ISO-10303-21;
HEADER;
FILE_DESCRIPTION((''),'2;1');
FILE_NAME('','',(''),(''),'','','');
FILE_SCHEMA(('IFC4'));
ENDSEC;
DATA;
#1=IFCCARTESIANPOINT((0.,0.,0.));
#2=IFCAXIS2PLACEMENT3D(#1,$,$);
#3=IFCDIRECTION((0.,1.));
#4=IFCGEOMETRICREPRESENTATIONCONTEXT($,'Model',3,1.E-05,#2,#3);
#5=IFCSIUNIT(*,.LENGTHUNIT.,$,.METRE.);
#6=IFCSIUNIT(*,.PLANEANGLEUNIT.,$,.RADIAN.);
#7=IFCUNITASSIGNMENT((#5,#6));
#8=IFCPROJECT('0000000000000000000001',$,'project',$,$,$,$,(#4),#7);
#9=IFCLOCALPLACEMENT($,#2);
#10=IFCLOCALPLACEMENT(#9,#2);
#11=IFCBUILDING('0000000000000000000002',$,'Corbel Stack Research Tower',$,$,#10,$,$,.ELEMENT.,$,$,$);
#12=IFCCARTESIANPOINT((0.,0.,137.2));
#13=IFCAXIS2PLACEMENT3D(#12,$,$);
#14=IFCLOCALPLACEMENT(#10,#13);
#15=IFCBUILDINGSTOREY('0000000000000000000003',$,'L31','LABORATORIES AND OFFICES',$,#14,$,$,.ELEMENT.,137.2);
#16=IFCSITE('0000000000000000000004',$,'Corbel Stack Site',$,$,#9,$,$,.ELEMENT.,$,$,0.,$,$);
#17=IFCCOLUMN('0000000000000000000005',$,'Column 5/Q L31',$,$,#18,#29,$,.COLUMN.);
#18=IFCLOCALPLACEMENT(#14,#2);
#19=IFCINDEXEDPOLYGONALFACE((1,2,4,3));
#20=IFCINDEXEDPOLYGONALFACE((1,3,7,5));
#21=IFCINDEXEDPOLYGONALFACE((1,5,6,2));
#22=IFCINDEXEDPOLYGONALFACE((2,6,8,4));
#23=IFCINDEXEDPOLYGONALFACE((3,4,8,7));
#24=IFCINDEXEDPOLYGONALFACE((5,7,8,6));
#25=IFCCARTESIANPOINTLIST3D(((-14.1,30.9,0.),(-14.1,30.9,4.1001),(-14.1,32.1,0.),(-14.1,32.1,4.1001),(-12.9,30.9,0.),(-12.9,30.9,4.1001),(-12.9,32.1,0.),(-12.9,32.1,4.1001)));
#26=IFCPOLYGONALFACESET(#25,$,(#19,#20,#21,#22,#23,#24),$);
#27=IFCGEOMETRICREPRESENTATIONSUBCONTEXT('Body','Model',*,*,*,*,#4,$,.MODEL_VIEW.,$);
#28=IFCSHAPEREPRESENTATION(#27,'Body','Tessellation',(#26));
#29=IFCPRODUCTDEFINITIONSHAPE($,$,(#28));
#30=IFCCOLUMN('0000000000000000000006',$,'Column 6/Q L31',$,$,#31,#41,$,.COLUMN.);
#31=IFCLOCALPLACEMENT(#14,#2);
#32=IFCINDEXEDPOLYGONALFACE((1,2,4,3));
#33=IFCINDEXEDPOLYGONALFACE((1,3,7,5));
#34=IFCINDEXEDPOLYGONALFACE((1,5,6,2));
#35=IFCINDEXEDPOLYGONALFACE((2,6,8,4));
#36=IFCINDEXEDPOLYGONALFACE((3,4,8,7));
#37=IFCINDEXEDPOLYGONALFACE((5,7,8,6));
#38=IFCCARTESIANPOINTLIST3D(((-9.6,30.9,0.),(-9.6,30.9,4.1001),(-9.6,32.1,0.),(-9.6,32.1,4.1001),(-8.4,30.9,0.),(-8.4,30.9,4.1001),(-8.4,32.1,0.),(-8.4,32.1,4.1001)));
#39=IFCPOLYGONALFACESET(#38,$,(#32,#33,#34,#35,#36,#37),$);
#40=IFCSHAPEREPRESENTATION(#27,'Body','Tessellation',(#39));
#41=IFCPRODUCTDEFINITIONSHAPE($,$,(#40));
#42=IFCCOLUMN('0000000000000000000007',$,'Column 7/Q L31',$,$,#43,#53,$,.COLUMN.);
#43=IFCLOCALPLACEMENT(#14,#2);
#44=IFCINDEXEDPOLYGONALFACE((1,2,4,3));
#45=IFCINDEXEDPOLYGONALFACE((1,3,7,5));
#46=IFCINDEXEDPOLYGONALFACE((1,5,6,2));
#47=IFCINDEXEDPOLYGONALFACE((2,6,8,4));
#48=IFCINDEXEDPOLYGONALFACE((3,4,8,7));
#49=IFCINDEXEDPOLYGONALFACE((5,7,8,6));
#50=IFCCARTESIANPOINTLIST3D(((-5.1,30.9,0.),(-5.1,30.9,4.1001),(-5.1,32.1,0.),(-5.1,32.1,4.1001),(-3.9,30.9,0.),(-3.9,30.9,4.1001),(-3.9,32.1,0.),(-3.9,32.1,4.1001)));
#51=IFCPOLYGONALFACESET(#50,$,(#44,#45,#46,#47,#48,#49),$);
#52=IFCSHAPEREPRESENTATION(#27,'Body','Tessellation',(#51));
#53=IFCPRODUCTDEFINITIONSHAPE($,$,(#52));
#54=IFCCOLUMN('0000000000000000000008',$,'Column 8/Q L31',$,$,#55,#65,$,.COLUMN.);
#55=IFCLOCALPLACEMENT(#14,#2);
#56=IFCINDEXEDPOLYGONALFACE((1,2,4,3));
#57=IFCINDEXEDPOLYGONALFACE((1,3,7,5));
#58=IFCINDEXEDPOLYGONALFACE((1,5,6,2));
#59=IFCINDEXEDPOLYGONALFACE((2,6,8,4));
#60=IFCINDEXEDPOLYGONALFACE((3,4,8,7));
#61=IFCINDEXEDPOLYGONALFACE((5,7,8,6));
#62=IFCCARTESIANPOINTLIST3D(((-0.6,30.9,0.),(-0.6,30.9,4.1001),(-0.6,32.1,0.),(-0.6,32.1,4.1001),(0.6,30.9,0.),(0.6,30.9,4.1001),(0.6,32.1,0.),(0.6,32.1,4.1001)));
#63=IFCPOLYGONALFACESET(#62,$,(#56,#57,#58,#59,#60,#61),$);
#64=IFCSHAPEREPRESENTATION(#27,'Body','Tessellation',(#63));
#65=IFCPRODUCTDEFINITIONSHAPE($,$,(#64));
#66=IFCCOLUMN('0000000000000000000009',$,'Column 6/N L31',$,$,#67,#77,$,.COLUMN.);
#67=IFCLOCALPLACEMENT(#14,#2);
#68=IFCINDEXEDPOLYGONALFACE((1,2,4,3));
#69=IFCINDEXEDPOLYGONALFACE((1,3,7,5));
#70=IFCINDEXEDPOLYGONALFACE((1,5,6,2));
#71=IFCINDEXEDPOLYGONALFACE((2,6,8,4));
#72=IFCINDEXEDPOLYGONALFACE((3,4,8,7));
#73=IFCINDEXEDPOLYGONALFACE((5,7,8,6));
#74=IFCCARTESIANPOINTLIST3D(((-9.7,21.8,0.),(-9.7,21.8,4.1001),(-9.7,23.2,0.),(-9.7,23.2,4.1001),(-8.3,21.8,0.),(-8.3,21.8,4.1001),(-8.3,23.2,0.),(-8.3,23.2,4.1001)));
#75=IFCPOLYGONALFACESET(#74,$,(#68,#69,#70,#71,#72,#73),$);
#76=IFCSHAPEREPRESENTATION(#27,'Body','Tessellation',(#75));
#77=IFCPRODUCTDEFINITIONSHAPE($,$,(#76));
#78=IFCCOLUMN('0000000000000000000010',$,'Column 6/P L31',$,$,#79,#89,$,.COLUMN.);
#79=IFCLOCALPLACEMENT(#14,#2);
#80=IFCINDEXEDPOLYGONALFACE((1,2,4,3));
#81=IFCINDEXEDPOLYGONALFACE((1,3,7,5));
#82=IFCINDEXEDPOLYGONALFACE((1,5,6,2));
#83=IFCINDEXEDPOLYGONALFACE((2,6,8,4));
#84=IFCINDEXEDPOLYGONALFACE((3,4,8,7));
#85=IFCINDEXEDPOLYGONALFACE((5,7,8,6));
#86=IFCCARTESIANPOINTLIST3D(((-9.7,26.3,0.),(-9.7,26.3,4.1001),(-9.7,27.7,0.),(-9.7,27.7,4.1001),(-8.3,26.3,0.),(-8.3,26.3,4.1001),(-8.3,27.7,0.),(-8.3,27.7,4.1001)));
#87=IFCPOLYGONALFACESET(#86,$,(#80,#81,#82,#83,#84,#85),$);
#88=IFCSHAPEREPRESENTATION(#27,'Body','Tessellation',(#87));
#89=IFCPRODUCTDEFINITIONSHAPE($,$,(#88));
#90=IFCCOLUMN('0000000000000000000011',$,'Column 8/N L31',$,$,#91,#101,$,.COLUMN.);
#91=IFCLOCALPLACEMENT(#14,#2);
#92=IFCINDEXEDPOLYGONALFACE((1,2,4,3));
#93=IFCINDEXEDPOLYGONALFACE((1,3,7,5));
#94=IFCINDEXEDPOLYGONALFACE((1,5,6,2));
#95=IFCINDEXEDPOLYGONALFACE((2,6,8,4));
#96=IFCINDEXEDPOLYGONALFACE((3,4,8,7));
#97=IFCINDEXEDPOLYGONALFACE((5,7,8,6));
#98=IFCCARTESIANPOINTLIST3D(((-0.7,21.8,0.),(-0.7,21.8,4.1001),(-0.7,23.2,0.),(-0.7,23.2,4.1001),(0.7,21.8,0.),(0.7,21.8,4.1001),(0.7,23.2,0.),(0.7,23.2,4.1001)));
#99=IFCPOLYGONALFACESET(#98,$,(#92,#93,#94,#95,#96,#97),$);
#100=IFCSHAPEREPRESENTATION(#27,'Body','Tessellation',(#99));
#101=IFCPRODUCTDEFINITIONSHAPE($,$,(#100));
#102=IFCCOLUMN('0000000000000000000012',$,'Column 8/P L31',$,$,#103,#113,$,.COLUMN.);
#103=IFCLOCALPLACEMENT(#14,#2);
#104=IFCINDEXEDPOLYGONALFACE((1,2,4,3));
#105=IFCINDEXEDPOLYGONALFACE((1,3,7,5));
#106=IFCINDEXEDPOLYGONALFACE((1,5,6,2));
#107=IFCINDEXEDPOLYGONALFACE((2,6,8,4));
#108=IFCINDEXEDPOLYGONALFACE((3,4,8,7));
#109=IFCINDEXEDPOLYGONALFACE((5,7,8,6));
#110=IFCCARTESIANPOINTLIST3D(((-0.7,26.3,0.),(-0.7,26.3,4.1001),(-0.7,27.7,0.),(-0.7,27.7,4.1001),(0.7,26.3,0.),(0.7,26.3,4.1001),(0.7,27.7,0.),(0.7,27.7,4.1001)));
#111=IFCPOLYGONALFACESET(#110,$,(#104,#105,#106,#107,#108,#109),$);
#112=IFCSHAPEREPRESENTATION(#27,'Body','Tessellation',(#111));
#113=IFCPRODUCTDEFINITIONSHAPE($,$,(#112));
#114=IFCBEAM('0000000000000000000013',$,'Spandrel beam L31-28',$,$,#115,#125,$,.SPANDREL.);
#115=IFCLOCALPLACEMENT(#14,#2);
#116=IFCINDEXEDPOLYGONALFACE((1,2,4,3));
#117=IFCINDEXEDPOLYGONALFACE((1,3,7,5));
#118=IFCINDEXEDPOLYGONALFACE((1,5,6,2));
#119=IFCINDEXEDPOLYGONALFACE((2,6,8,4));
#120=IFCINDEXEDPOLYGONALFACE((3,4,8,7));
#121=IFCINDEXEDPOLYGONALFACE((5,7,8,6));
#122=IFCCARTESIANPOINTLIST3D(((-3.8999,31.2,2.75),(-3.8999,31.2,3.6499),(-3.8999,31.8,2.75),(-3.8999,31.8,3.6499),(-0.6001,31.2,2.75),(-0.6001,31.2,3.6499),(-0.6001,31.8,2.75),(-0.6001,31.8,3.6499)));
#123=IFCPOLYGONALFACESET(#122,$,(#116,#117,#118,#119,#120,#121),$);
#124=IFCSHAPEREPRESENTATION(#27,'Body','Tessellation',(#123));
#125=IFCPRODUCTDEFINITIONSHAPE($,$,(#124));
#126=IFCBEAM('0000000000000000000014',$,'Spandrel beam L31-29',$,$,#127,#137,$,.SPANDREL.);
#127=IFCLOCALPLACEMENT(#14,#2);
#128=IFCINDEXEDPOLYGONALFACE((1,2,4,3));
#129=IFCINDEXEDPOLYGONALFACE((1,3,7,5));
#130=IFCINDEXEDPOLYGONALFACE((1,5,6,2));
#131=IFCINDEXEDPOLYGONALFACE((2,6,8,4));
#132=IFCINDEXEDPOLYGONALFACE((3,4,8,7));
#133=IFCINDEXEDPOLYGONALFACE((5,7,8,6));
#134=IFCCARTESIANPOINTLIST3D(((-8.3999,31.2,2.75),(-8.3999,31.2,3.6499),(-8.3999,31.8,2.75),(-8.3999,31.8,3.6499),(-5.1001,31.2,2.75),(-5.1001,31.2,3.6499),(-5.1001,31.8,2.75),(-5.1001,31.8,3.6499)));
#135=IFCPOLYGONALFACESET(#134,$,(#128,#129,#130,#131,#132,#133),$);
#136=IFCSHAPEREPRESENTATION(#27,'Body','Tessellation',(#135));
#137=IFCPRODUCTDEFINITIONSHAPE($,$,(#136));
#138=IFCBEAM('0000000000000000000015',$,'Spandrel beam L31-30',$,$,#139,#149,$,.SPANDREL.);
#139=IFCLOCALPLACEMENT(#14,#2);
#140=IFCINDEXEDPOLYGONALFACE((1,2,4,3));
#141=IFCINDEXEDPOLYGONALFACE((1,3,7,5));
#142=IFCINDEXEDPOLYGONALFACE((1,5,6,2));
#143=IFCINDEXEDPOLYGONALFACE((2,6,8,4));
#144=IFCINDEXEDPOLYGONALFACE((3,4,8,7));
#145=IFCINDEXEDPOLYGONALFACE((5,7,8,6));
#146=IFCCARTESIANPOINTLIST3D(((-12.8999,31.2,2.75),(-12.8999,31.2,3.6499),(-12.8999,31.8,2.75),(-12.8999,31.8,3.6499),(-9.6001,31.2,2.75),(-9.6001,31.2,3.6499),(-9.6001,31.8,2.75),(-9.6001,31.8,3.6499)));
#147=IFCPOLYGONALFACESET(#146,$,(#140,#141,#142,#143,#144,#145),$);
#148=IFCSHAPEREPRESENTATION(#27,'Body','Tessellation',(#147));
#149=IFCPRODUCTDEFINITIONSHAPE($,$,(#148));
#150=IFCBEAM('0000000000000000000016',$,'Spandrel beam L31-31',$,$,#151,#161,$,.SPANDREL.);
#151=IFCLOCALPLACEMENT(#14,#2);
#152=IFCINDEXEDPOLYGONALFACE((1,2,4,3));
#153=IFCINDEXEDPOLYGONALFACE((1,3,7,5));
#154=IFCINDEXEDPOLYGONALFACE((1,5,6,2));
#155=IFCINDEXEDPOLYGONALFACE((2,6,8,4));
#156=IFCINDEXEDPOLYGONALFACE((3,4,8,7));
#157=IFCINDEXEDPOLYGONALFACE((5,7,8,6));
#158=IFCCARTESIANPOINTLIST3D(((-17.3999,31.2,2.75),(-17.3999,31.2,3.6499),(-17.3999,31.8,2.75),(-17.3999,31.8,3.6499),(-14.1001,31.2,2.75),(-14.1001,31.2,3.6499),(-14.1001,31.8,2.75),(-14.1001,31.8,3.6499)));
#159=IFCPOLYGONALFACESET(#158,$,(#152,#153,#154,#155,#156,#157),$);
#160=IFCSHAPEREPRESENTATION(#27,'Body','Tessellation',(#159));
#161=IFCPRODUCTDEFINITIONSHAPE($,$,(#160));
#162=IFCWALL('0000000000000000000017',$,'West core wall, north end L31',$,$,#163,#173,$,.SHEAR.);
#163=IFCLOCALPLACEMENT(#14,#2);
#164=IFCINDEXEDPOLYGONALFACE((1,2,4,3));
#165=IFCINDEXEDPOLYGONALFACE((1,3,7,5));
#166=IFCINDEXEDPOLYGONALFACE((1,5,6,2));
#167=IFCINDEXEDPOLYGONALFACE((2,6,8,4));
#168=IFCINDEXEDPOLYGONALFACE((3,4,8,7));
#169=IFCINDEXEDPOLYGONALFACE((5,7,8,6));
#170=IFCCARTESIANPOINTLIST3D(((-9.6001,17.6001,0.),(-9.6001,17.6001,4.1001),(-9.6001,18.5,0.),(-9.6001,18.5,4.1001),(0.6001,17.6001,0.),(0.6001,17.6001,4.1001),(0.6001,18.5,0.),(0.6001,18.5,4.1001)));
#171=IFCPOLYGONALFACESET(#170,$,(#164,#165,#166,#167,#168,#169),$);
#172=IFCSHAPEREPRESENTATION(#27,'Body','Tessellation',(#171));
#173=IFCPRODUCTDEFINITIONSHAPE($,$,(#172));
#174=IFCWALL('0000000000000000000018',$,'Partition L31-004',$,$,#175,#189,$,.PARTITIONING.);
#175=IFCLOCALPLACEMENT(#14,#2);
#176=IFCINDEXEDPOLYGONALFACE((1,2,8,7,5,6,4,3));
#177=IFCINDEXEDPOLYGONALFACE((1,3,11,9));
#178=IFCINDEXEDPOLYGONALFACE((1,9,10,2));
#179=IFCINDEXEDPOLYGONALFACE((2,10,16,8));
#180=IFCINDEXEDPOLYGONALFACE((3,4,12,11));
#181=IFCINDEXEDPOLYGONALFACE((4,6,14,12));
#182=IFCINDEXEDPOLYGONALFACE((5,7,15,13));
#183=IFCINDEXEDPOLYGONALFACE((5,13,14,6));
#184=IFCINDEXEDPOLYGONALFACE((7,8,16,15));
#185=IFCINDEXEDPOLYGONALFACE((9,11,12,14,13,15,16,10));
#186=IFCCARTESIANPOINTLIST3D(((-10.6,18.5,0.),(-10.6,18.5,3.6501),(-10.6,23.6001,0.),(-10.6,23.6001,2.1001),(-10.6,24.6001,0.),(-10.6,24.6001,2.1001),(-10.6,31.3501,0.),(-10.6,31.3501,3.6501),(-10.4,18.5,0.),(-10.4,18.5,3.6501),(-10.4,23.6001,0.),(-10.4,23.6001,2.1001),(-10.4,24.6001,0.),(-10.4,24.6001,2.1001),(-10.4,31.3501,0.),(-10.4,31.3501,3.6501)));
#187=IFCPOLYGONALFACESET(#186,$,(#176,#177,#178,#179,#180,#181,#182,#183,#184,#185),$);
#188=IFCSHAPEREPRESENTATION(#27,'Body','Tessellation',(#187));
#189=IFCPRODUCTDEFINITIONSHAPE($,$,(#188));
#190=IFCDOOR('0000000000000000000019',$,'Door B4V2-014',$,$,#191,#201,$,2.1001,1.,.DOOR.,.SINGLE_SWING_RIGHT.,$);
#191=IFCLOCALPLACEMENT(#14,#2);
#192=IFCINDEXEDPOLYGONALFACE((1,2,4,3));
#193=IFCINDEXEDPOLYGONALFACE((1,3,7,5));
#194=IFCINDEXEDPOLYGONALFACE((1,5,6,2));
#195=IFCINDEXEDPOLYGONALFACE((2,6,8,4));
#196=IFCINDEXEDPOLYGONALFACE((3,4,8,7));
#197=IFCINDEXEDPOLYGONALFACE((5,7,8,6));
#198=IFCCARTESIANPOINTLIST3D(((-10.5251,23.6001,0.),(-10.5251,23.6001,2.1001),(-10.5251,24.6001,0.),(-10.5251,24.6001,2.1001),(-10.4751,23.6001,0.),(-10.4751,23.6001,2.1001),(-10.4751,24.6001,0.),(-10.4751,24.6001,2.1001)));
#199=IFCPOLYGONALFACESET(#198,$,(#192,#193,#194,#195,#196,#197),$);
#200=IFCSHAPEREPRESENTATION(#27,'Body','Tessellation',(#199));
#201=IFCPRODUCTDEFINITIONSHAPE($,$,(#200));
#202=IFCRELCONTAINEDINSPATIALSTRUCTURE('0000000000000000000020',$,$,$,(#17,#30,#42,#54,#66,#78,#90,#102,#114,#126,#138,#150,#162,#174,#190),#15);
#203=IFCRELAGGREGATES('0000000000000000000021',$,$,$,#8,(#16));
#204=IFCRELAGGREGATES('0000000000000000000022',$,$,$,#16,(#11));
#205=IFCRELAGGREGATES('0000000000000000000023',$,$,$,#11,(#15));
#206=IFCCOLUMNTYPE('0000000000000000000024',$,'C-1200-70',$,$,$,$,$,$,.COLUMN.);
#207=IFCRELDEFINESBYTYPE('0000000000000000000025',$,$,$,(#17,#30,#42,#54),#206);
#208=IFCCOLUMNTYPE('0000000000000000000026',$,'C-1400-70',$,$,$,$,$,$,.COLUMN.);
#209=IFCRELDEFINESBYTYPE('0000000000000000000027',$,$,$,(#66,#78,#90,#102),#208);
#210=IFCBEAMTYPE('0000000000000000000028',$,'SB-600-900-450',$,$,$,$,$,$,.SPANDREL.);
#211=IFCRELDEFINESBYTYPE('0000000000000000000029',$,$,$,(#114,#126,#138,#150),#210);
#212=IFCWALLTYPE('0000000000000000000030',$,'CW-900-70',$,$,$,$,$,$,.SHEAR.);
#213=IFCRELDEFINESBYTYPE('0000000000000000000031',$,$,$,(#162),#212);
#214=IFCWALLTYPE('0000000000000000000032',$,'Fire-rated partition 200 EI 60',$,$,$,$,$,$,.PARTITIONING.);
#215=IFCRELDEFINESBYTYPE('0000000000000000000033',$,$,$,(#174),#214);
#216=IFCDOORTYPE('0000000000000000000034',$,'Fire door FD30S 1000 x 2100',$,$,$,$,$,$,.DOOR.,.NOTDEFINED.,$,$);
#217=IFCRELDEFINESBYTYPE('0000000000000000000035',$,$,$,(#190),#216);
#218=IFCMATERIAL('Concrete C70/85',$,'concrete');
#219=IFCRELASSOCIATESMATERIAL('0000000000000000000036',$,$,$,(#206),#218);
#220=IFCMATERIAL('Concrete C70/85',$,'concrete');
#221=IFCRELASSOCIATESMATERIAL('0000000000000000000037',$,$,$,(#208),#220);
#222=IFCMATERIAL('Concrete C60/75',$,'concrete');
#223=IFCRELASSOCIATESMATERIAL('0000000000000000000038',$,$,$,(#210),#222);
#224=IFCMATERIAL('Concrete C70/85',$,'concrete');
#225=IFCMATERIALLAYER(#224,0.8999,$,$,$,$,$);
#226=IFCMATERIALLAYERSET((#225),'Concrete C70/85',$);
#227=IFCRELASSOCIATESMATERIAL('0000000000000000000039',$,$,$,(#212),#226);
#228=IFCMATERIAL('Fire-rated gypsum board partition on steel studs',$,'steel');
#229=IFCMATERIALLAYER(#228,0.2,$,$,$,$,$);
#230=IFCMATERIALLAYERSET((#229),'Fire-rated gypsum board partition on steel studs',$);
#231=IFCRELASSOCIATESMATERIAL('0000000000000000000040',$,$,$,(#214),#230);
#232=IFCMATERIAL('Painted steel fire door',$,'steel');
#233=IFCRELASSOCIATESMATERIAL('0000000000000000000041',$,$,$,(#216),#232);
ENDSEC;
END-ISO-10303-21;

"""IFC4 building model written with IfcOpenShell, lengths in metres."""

from ifc_helpers import new_model, si_unit, direction, frame, frame_2d, origin, origin_2d, place, context, subcontext, project, spatial, rectangle, extrude, material, layer, layer_set, material_profile, profile_set, type_object, element, fill, save


model = new_model("IFC4")

# Units and contexts
model_context = context("Model", 3, precision=1e-05, world=origin(), true_north=direction((0.0, 1.0)))
body_context = subcontext(model_context, "Body", "Model", "MODEL_VIEW")
ifc_project = project(units=[si_unit("LENGTHUNIT", "METRE"), si_unit("PLANEANGLEUNIT", "RADIAN")], contexts=[model_context])

# Site, building, storey
site_placement = place(None, origin())
site = spatial("IfcSite", under=ifc_project, at=site_placement, Name="Corbel Stack Site", CompositionType="ELEMENT", RefElevation=0.0)
building_placement = place(site_placement, origin())
building = spatial("IfcBuilding", under=site, at=building_placement, Name="Corbel Stack Research Tower", CompositionType="ELEMENT")
storey_placement = place(building_placement, frame((0.0, 0.0, 137.2)))
storey = spatial("IfcBuildingStorey", under=building, at=storey_placement, Name="L31", Description="LABORATORIES AND OFFICES", CompositionType="ELEMENT", Elevation=137.2)

# Columns
ifc_material_1 = material(Name="Concrete C70/85", Category="concrete")
ifc_material_profile_1 = material_profile(ifc_material_1, rectangle(XDim=1.2, YDim=1.2, at=origin_2d()), Name="RC 1200 x 1200")
ifc_profile_set_1 = profile_set([ifc_material_profile_1], Name="Concrete C70/85")
column_type_1 = type_object("IfcColumnType", Name="C-1200-70", PredefinedType="COLUMN", material=ifc_profile_set_1)
for number, where, z_axis, x_axis, name in (
    (1, (-13.5, 31.5, 0.0), (0.0, 0.0, 1.0), (1.0, 0.0, 0.0), "Column 5/Q L31"),
    (2, (-9.0, 31.5, 0.0), (0.0, 0.0, 1.0), (1.0, 0.0, 0.0), "Column 6/Q L31"),
    (3, (-4.5, 31.5, 0.0), (0.0, 0.0, 1.0), (1.0, 0.0, 0.0), "Column 7/Q L31"),
    (4, (0.0, 31.5, 0.0), (0.0, 0.0, 1.0), (1.0, 0.0, 0.0), "Column 8/Q L31"),
):
    element("IfcColumn", number, at=place(storey_placement, frame(where, z_axis=z_axis, x_axis=x_axis)), inside=storey, type_object=column_type_1, Name=name, PredefinedType="COLUMN", context=body_context, shape_type="SweptSolid", body=[
        extrude(rectangle(XDim=1.2, YDim=1.2, at=origin_2d()), origin(), (0.0, 0.0, 1.0), 4.1001),
    ])
ifc_material_2 = material(Name="Concrete C70/85", Category="concrete")
ifc_material_profile_2 = material_profile(ifc_material_2, rectangle(XDim=1.3999, YDim=1.3999, at=origin_2d()), Name="RC 1400 x 1400")
ifc_profile_set_2 = profile_set([ifc_material_profile_2], Name="Concrete C70/85")
column_type_2 = type_object("IfcColumnType", Name="C-1400-70", PredefinedType="COLUMN", material=ifc_profile_set_2)
for number, where, z_axis, x_axis, name in (
    (5, (-9.0, 22.5, 0.0), (0.0, 0.0, 1.0), (1.0, 0.0, 0.0), "Column 6/N L31"),
    (6, (-9.0, 27.0, 0.0), (0.0, 0.0, 1.0), (1.0, 0.0, 0.0), "Column 6/P L31"),
    (7, (0.0, 22.5, 0.0), (0.0, 0.0, 1.0), (1.0, 0.0, 0.0), "Column 8/N L31"),
    (8, (0.0, 27.0, 0.0), (0.0, 0.0, 1.0), (1.0, 0.0, 0.0), "Column 8/P L31"),
):
    element("IfcColumn", number, at=place(storey_placement, frame(where, z_axis=z_axis, x_axis=x_axis)), inside=storey, type_object=column_type_2, Name=name, PredefinedType="COLUMN", context=body_context, shape_type="SweptSolid", body=[
        extrude(rectangle(XDim=1.3999, YDim=1.3999, at=origin_2d()), origin(), (0.0, 0.0, 1.0), 4.1001),
    ])

# Beams
ifc_material_3 = material(Name="Concrete C60/75", Category="concrete")
ifc_material_profile_3 = material_profile(ifc_material_3, rectangle(XDim=0.6001, YDim=0.8999, at=origin_2d()), Name="RC 600 x 900")
ifc_profile_set_3 = profile_set([ifc_material_profile_3], Name="Concrete C60/75")
beam_type = type_object("IfcBeamType", Name="SB-600-900-450", PredefinedType="SPANDREL", material=ifc_profile_set_3)
for number, where, z_axis, x_axis, name in (
    (9, (-0.6001, 31.5, 3.2), (-1.0, 0.0, 0.0), (0.0, -1.0, 0.0), "Spandrel beam L31-28"),
    (10, (-5.1001, 31.5, 3.2), (-1.0, 0.0, 0.0), (0.0, -1.0, 0.0), "Spandrel beam L31-29"),
    (11, (-9.6001, 31.5, 3.2), (-1.0, 0.0, 0.0), (0.0, -1.0, 0.0), "Spandrel beam L31-30"),
    (12, (-14.1001, 31.5, 3.2), (-1.0, 0.0, 0.0), (0.0, -1.0, 0.0), "Spandrel beam L31-31"),
):
    element("IfcBeam", number, at=place(storey_placement, frame(where, z_axis=z_axis, x_axis=x_axis)), inside=storey, type_object=beam_type, Name=name, PredefinedType="SPANDREL", context=body_context, shape_type="SweptSolid", body=[
        extrude(rectangle(XDim=0.6001, YDim=0.8999, at=origin_2d()), origin(), (0.0, 0.0, 1.0), 3.2998),
    ])

# Wall
ifc_material_4 = material(Name="Concrete C70/85", Category="concrete")
ifc_layer_1 = layer(ifc_material_4, 0.8999)
ifc_layer_set_1 = layer_set([ifc_layer_1], Name="Concrete C70/85")
wall_type_1 = type_object("IfcWallType", Name="CW-900-70", PredefinedType="SHEAR", material=ifc_layer_set_1)
wall_1_placement = place(storey_placement, frame((-9.6001, 18.05, 0.0), z_axis=(0.0, 0.0, 1.0), x_axis=(1.0, 0.0, 0.0)))
element("IfcWall", 13, at=wall_1_placement, inside=storey, type_object=wall_type_1, Name="West core wall, north end L31", PredefinedType="SHEAR", context=body_context, shape_type="SweptSolid", body=[
    extrude(rectangle(XDim=10.2002, YDim=0.8999, at=frame_2d((5.1001, 0.0))), origin(), (0.0, 0.0, 1.0), 4.1001),
])

# Wall, opening, door
ifc_material_5 = material(Name="Fire-rated gypsum board partition on steel studs", Category="steel")
ifc_layer_2 = layer(ifc_material_5, 0.2)
ifc_layer_set_2 = layer_set([ifc_layer_2], Name="Fire-rated gypsum board partition on steel studs")
wall_type_2 = type_object("IfcWallType", Name="Fire-rated partition 200 EI 60", PredefinedType="PARTITIONING", material=ifc_layer_set_2)
wall_2_placement = place(storey_placement, frame((-10.5, 31.3501, 0.0), z_axis=(0.0, 0.0, 1.0), x_axis=(0.0, -1.0, 0.0)))
wall_2 = element("IfcWall", 14, at=wall_2_placement, inside=storey, type_object=wall_type_2, Name="Partition L31-004", PredefinedType="PARTITIONING", context=body_context, shape_type="SweptSolid", body=[
    extrude(rectangle(XDim=12.8501, YDim=0.2, at=frame_2d((6.425, 0.0))), origin(), (0.0, 0.0, 1.0), 3.6501),
])
opening_1_placement = place(wall_2_placement, frame((6.75, 0.0, 0.0)))
opening_1 = element("IfcOpeningElement", 15, at=opening_1_placement, cuts=wall_2, PredefinedType="OPENING", context=body_context, shape_type="SweptSolid", body=[
    extrude(rectangle(XDim=1.0, YDim=2.1001, at=frame_2d((0.5, 1.05))), frame((0.0, 0.1099, 0.0), z_axis=(0.0, -1.0, 0.0), x_axis=(1.0, 0.0, 0.0)), (0.0, 0.0, 1.0), 0.22),
])
ifc_material_6 = material(Name="Painted steel fire door", Category="steel")
door_type_1 = type_object("IfcDoorType", Name="Fire door FD30S 1000 x 2100", OperationType="NOTDEFINED", PredefinedType="DOOR", material=ifc_material_6)
door_1_placement = place(opening_1_placement, origin())
door_1 = element("IfcDoor", 16, at=door_1_placement, inside=storey, type_object=door_type_1, Name="Door B4V2-014", OperationType="SINGLE_SWING_RIGHT", OverallHeight=2.1001, OverallWidth=1.0, PredefinedType="DOOR", context=body_context, shape_type="SweptSolid", body=[
    extrude(rectangle(XDim=1.0, YDim=2.1001, at=frame_2d((0.5, 1.05))), frame((0.0, 0.0249, 0.0), z_axis=(0.0, -1.0, 0.0), x_axis=(1.0, 0.0, 0.0)), (0.0, 0.0, 1.0), 0.05),
])
fill(opening_1, door_1)

save(model, "model.ifc")
